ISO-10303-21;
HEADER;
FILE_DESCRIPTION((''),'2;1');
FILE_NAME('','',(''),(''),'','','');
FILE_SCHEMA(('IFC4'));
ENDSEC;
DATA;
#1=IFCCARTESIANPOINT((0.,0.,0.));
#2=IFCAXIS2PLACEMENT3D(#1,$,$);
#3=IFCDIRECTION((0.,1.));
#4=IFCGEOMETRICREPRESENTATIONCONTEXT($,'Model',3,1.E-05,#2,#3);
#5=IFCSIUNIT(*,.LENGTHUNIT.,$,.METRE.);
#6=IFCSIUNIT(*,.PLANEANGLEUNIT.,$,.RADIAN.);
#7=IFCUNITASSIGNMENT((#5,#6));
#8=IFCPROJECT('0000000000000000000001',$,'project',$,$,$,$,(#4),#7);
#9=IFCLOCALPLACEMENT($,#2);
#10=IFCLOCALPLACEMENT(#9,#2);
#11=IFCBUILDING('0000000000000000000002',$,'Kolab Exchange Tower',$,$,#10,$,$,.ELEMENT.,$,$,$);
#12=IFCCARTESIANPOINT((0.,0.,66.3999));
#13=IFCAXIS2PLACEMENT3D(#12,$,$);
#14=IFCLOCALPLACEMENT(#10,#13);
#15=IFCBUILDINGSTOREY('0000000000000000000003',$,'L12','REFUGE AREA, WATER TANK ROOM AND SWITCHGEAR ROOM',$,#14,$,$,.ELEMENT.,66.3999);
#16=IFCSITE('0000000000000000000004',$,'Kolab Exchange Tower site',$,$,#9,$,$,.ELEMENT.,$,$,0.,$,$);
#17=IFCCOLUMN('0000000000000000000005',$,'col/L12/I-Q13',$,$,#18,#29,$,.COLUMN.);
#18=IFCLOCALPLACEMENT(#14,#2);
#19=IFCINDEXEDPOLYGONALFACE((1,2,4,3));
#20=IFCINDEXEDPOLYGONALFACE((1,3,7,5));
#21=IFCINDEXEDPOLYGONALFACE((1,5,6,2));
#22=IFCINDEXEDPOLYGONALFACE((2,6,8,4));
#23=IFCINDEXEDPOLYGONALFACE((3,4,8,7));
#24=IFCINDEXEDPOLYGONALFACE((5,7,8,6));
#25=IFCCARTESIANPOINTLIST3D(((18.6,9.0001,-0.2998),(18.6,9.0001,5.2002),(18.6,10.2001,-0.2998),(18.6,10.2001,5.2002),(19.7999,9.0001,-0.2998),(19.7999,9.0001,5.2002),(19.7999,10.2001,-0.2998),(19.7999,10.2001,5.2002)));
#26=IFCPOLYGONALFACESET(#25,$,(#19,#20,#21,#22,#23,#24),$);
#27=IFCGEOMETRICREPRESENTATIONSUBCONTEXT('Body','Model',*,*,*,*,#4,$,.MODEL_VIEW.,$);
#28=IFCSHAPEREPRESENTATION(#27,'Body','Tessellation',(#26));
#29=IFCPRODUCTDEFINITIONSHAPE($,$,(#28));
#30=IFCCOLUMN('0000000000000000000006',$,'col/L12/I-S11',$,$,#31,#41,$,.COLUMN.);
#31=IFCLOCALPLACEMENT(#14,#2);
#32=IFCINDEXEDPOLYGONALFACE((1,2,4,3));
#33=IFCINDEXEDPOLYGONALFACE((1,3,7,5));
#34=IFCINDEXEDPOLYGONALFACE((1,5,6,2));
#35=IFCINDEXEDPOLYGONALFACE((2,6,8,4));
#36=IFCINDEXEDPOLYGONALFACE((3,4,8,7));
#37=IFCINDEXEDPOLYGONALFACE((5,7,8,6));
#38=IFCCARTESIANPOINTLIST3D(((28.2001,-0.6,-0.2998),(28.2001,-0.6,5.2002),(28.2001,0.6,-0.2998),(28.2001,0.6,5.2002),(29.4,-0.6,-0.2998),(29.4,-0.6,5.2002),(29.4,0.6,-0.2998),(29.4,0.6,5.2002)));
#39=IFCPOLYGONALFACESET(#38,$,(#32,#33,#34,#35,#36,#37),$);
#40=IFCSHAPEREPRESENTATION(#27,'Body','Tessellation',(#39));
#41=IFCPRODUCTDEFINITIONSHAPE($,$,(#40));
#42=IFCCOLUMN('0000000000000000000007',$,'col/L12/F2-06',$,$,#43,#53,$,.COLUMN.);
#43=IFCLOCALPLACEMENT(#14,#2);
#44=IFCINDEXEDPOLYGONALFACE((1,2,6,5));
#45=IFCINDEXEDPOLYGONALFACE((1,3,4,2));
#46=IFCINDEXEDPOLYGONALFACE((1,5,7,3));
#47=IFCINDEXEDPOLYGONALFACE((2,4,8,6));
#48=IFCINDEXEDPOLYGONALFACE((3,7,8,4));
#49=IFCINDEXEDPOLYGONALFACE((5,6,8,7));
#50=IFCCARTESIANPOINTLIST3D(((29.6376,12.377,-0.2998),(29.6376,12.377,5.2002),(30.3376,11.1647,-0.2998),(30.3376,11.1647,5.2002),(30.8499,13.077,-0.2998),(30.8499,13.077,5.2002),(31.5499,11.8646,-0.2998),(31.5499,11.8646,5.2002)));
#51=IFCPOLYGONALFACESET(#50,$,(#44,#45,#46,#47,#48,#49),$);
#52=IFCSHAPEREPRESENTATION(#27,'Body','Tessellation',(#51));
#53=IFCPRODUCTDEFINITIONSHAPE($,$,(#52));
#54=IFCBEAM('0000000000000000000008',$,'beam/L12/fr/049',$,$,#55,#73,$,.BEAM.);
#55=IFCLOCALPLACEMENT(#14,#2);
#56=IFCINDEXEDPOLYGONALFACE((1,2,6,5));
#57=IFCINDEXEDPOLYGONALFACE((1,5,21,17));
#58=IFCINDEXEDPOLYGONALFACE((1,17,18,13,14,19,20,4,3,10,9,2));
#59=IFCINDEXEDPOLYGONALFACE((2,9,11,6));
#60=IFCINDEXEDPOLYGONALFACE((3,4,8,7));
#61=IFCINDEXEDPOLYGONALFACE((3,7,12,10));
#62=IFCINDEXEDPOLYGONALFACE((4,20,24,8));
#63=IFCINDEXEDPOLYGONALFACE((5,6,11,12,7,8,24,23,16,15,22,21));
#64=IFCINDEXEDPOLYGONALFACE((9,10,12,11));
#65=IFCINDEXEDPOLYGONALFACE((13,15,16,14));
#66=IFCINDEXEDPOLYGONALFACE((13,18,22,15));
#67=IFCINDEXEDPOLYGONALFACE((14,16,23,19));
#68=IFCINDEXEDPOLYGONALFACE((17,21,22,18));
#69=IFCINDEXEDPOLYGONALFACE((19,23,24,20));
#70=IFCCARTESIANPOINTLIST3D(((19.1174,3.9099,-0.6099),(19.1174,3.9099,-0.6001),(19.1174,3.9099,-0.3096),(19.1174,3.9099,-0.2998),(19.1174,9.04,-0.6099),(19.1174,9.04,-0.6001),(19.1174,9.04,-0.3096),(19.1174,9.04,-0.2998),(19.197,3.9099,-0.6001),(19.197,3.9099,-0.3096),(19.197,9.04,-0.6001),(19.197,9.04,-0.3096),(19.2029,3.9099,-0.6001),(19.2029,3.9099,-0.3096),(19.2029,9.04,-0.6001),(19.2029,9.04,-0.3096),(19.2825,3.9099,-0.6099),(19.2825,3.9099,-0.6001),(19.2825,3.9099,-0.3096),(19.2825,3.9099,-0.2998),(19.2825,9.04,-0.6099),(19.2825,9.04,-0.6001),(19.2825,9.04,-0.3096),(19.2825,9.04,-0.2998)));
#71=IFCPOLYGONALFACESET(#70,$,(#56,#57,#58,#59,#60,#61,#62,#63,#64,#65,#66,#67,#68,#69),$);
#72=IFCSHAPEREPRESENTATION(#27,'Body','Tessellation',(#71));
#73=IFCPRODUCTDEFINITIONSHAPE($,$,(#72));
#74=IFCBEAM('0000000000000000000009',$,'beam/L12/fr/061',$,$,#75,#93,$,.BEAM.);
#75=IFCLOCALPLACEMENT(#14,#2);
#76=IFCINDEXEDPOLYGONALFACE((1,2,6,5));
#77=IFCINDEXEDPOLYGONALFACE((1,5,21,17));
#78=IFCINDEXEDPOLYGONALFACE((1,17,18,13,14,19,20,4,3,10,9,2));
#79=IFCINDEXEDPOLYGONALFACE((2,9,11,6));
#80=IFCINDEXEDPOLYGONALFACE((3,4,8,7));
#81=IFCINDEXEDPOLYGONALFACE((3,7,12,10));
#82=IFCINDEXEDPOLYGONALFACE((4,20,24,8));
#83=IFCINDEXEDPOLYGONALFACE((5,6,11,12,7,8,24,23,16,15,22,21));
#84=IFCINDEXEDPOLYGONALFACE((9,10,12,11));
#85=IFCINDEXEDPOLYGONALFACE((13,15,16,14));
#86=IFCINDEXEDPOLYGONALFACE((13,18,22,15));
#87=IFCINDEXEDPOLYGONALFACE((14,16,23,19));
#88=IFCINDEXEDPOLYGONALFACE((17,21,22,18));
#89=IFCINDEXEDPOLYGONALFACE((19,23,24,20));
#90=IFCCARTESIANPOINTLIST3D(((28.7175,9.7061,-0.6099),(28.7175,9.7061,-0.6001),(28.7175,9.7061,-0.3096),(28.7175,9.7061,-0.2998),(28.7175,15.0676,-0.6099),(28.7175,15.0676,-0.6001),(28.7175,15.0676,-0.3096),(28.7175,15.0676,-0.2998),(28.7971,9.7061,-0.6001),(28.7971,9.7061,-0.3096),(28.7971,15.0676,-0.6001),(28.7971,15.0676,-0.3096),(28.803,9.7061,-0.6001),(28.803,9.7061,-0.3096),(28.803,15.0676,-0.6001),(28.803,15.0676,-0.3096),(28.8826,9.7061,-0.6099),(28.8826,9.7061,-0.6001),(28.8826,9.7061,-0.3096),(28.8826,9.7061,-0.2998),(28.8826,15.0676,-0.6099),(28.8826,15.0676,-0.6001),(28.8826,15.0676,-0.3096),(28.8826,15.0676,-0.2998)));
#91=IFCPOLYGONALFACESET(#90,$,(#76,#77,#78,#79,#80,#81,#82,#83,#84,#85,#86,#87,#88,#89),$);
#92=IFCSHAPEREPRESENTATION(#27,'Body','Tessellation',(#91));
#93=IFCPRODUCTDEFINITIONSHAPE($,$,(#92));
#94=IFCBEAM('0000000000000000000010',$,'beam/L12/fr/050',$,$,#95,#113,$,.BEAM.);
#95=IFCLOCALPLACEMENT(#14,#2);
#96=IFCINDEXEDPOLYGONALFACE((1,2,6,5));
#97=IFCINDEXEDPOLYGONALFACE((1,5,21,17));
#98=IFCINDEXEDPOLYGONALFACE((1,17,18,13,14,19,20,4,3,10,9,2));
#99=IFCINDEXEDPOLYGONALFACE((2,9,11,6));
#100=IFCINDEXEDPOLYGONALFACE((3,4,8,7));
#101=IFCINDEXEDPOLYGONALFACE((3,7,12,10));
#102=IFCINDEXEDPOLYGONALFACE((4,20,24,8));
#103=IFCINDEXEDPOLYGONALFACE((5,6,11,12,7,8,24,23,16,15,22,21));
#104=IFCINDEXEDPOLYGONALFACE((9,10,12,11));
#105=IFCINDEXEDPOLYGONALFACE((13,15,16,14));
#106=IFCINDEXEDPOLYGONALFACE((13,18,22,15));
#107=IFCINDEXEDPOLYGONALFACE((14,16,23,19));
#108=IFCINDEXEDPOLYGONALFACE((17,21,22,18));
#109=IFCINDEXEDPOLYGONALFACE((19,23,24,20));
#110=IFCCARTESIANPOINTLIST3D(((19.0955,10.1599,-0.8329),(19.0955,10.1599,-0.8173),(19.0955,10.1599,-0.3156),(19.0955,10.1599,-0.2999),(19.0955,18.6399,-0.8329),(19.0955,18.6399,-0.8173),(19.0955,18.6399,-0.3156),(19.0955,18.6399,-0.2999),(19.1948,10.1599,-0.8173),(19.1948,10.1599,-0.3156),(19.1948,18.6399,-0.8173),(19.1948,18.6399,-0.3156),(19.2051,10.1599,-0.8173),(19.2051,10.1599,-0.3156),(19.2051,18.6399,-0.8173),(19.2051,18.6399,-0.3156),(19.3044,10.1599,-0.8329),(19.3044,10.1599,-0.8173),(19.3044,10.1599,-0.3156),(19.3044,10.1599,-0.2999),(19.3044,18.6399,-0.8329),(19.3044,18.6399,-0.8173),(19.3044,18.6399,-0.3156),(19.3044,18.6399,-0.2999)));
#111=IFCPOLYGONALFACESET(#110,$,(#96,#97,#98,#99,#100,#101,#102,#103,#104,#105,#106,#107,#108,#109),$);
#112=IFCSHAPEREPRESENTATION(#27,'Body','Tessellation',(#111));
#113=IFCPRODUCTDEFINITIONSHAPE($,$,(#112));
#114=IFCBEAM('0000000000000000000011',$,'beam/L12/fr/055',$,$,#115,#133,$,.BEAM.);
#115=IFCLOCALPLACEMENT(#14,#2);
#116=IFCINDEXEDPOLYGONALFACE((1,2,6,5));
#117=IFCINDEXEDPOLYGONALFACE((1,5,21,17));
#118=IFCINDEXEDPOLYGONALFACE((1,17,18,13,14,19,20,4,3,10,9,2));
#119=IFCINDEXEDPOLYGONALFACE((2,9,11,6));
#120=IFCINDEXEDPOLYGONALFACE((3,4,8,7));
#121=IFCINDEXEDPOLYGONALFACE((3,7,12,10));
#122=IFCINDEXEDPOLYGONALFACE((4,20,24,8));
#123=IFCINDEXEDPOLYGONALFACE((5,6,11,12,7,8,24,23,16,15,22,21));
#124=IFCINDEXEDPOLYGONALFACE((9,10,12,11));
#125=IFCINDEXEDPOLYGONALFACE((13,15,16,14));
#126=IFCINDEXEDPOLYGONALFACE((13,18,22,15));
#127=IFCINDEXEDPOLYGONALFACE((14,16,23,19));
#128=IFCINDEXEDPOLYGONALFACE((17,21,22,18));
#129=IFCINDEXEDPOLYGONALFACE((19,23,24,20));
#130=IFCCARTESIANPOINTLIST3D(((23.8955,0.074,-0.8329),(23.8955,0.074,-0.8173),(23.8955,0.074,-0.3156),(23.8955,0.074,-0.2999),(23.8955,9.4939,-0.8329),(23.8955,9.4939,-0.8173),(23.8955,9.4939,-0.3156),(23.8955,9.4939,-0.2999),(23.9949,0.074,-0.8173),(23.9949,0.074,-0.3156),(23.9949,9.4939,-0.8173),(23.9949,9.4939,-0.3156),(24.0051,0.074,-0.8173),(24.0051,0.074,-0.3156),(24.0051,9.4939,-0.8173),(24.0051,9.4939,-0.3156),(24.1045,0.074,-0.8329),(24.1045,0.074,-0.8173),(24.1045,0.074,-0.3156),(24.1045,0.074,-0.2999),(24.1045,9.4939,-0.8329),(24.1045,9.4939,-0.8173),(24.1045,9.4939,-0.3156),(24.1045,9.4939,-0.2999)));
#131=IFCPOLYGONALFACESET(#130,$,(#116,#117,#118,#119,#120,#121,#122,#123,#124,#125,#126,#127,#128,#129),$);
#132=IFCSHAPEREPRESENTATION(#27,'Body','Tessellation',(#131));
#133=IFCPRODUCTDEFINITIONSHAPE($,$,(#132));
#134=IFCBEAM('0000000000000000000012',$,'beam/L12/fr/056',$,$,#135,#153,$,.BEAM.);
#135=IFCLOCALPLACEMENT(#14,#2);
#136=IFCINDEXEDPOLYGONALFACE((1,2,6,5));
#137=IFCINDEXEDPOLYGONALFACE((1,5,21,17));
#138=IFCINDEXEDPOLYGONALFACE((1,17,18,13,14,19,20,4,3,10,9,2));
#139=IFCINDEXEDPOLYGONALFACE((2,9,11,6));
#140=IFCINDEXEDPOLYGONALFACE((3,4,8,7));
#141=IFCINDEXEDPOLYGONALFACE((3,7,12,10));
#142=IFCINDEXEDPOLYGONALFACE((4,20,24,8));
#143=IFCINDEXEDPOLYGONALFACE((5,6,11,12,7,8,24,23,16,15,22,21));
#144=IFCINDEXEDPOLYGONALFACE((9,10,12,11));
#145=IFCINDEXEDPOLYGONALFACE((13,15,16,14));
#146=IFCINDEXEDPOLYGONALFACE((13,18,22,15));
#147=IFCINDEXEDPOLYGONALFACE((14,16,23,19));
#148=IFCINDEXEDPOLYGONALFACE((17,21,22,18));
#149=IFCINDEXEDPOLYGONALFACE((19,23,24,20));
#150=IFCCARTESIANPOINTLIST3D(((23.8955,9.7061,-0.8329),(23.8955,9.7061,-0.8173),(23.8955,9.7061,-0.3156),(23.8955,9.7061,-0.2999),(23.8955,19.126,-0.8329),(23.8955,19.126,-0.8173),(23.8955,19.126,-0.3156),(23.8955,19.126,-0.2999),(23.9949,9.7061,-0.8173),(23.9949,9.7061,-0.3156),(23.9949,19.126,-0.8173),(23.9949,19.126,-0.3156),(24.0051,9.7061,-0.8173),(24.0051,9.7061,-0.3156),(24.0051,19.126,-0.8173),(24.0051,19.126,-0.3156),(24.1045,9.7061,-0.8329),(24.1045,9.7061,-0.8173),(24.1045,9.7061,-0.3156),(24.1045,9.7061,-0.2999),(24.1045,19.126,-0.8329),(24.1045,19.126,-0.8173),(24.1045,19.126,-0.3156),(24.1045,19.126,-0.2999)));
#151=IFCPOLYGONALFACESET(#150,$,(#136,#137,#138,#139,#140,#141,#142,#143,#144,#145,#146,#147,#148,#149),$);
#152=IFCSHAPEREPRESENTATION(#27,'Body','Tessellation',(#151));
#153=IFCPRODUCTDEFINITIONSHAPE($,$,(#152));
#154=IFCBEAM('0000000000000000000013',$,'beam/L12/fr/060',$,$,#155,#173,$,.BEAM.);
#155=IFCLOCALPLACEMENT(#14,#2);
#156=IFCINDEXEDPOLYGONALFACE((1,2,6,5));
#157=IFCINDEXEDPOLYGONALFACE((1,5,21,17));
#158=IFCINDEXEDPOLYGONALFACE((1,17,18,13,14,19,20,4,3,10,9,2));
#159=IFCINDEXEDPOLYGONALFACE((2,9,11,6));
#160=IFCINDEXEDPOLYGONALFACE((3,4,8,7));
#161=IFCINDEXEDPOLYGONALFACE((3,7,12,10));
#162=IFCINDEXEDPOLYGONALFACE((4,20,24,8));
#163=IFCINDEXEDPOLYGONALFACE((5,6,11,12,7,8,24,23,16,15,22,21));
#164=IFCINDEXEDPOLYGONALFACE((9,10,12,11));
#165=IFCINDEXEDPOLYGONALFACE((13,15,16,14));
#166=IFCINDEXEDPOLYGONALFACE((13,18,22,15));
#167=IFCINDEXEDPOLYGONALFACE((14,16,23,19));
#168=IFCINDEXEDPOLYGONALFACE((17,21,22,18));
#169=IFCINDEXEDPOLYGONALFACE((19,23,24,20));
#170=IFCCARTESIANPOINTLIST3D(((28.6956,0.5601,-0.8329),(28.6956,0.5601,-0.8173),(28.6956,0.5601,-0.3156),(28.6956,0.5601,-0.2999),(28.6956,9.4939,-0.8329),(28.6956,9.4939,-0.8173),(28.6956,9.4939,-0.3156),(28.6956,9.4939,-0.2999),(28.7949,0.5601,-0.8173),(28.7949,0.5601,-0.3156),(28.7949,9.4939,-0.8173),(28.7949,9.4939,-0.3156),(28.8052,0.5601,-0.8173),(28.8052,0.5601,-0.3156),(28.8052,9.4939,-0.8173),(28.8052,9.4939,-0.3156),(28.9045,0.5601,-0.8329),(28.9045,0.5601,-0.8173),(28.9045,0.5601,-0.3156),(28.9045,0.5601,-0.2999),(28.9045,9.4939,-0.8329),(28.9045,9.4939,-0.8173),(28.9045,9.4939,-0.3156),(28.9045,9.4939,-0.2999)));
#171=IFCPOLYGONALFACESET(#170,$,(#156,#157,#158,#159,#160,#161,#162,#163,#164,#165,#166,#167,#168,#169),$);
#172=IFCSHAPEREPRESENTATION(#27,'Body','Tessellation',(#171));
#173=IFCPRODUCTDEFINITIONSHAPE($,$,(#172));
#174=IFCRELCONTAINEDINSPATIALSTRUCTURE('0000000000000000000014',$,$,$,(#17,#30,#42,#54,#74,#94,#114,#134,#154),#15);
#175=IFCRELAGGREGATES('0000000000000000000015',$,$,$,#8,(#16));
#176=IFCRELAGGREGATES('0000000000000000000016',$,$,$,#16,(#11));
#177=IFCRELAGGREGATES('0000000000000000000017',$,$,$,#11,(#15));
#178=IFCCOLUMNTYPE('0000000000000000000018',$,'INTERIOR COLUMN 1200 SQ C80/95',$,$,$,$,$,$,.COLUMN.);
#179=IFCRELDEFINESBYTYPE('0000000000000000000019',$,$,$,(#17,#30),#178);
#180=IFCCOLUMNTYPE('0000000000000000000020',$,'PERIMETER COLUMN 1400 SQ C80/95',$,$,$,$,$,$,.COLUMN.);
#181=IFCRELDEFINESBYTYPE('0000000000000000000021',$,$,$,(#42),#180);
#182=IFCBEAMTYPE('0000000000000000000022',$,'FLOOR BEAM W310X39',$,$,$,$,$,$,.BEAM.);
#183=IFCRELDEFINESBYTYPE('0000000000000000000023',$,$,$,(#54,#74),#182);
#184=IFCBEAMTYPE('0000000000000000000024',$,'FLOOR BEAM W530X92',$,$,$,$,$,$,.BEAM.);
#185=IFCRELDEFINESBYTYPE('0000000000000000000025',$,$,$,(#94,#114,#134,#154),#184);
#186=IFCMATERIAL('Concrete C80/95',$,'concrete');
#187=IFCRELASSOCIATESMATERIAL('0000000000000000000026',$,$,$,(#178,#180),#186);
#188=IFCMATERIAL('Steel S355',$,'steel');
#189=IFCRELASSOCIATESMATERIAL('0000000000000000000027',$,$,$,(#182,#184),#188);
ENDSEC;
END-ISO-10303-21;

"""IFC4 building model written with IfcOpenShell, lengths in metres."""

from ifc_helpers import new_model, si_unit, direction, frame, origin, origin_2d, place, context, subcontext, project, spatial, rectangle, i_section, extrude, material, material_profile, profile_set, type_object, element, save


model = new_model("IFC4")

# Units and contexts
model_context = context("Model", 3, precision=1e-05, world=origin(), true_north=direction((0.0, 1.0)))
body_context = subcontext(model_context, "Body", "Model", "MODEL_VIEW")
ifc_project = project(units=[si_unit("LENGTHUNIT", "METRE"), si_unit("PLANEANGLEUNIT", "RADIAN")], contexts=[model_context])

# Site, building, storey
site_placement = place(None, origin())
site = spatial("IfcSite", under=ifc_project, at=site_placement, Name="Kolab Exchange Tower site", CompositionType="ELEMENT", RefElevation=0.0)
building_placement = place(site_placement, origin())
building = spatial("IfcBuilding", under=site, at=building_placement, Name="Kolab Exchange Tower", CompositionType="ELEMENT")
storey_placement = place(building_placement, frame((0.0, 0.0, 66.3999)))
storey = spatial("IfcBuildingStorey", under=building, at=storey_placement, Name="L12", Description="REFUGE AREA, WATER TANK ROOM AND SWITCHGEAR ROOM", CompositionType="ELEMENT", Elevation=66.3999)

# Columns
ifc_material_1 = material(Name="Concrete C80/95", Category="concrete")
ifc_material_profile_1 = material_profile(ifc_material_1, rectangle(XDim=1.2, YDim=1.2, at=origin_2d()), Name="RC1200")
ifc_profile_set_1 = profile_set([ifc_material_profile_1], Name="Concrete C80/95")
column_type_1 = type_object("IfcColumnType", Name="INTERIOR COLUMN 1200 SQ C80/95", PredefinedType="COLUMN", material=ifc_profile_set_1)
for number, where, z_axis, x_axis, name in (
    (1, (19.2, 9.6001, -0.2998), (0.0, 0.0, 1.0), (1.0, 0.0, 0.0), "col/L12/I-Q13"),
    (2, (28.8, 0.0, -0.2998), (0.0, 0.0, 1.0), (1.0, 0.0, 0.0), "col/L12/I-S11"),
):
    element("IfcColumn", number, at=place(storey_placement, frame(where, z_axis=z_axis, x_axis=x_axis)), inside=storey, type_object=column_type_1, Name=name, PredefinedType="COLUMN", context=body_context, shape_type="SweptSolid", body=[
        extrude(rectangle(XDim=1.2, YDim=1.2, at=origin_2d()), origin(), (0.0, 0.0, 1.0), 5.5),
    ])
ifc_material_profile_2 = material_profile(ifc_material_1, rectangle(XDim=1.3999, YDim=1.3999, at=origin_2d()), Name="RC1400")
ifc_profile_set_2 = profile_set([ifc_material_profile_2], Name="Concrete C80/95")
column_type_2 = type_object("IfcColumnType", Name="PERIMETER COLUMN 1400 SQ C80/95", PredefinedType="COLUMN", material=ifc_profile_set_2)
column_placement = place(storey_placement, frame((30.5938, 12.1208, -0.2998), z_axis=(0.0, 0.0, 1.0), x_axis=(0.866025, 0.5, 0.0)))
element("IfcColumn", 3, at=column_placement, inside=storey, type_object=column_type_2, Name="col/L12/F2-06", PredefinedType="COLUMN", context=body_context, shape_type="SweptSolid", body=[
    extrude(rectangle(XDim=1.3999, YDim=1.3999, at=origin_2d()), origin(), (0.0, 0.0, 1.0), 5.5),
])

# Beams
ifc_material_2 = material(Name="Steel S355", Category="steel")
ifc_material_profile_3 = material_profile(ifc_material_2, i_section(OverallWidth=0.165, OverallDepth=0.3101, WebThickness=0.0059, FlangeThickness=0.0098, at=origin_2d()), Name="W310X39")
ifc_profile_set_3 = profile_set([ifc_material_profile_3], Name="Steel S355")
beam_type_1 = type_object("IfcBeamType", Name="FLOOR BEAM W310X39", PredefinedType="BEAM", material=ifc_profile_set_3)
beam_1_placement = place(storey_placement, frame((19.2, 3.9099, -0.4548), z_axis=(0.0, 1.0, 0.0), x_axis=(-1.0, 0.0, 0.0)))
element("IfcBeam", 4, at=beam_1_placement, inside=storey, type_object=beam_type_1, Name="beam/L12/fr/049", PredefinedType="BEAM", context=body_context, shape_type="SweptSolid", body=[
    extrude(i_section(OverallWidth=0.165, OverallDepth=0.3101, WebThickness=0.0059, FlangeThickness=0.0098, at=origin_2d()), origin(), (0.0, 0.0, 1.0), 5.1301),
])
beam_2_placement = place(storey_placement, frame((28.8, 9.7061, -0.4548), z_axis=(0.0, 1.0, 0.0), x_axis=(-1.0, 0.0, 0.0)))
element("IfcBeam", 5, at=beam_2_placement, inside=storey, type_object=beam_type_1, Name="beam/L12/fr/061", PredefinedType="BEAM", context=body_context, shape_type="SweptSolid", body=[
    extrude(i_section(OverallWidth=0.165, OverallDepth=0.3101, WebThickness=0.0059, FlangeThickness=0.0098, at=origin_2d()), origin(), (0.0, 0.0, 1.0), 5.3616),
])
ifc_material_profile_4 = material_profile(ifc_material_2, i_section(OverallWidth=0.209, OverallDepth=0.533, WebThickness=0.0103, FlangeThickness=0.0156, at=origin_2d()), Name="W530X92")
ifc_profile_set_4 = profile_set([ifc_material_profile_4], Name="Steel S355")
beam_type_2 = type_object("IfcBeamType", Name="FLOOR BEAM W530X92", PredefinedType="BEAM", material=ifc_profile_set_4)
beam_3_placement = place(storey_placement, frame((19.2, 10.1599, -0.5664), z_axis=(0.0, 1.0, 0.0), x_axis=(-1.0, 0.0, 0.0)))
element("IfcBeam", 6, at=beam_3_placement, inside=storey, type_object=beam_type_2, Name="beam/L12/fr/050", PredefinedType="BEAM", context=body_context, shape_type="SweptSolid", body=[
    extrude(i_section(OverallWidth=0.209, OverallDepth=0.533, WebThickness=0.0103, FlangeThickness=0.0156, at=origin_2d()), origin(), (0.0, 0.0, 1.0), 8.48),
])
for number, where, z_axis, x_axis, name in (
    (7, (24.0, 0.074, -0.5664), (0.0, 1.0, 0.0), (-1.0, 0.0, 0.0), "beam/L12/fr/055"),
    (8, (24.0, 9.7061, -0.5664), (0.0, 1.0, 0.0), (-1.0, 0.0, 0.0), "beam/L12/fr/056"),
):
    element("IfcBeam", number, at=place(storey_placement, frame(where, z_axis=z_axis, x_axis=x_axis)), inside=storey, type_object=beam_type_2, Name=name, PredefinedType="BEAM", context=body_context, shape_type="SweptSolid", body=[
        extrude(i_section(OverallWidth=0.209, OverallDepth=0.533, WebThickness=0.0103, FlangeThickness=0.0156, at=origin_2d()), origin(), (0.0, 0.0, 1.0), 9.4199),
    ])
beam_4_placement = place(storey_placement, frame((28.8, 0.5601, -0.5664), z_axis=(0.0, 1.0, 0.0), x_axis=(-1.0, 0.0, 0.0)))
element("IfcBeam", 9, at=beam_4_placement, inside=storey, type_object=beam_type_2, Name="beam/L12/fr/060", PredefinedType="BEAM", context=body_context, shape_type="SweptSolid", body=[
    extrude(i_section(OverallWidth=0.209, OverallDepth=0.533, WebThickness=0.0103, FlangeThickness=0.0156, at=origin_2d()), origin(), (0.0, 0.0, 1.0), 8.9338),
])

save(model, "model.ifc")
